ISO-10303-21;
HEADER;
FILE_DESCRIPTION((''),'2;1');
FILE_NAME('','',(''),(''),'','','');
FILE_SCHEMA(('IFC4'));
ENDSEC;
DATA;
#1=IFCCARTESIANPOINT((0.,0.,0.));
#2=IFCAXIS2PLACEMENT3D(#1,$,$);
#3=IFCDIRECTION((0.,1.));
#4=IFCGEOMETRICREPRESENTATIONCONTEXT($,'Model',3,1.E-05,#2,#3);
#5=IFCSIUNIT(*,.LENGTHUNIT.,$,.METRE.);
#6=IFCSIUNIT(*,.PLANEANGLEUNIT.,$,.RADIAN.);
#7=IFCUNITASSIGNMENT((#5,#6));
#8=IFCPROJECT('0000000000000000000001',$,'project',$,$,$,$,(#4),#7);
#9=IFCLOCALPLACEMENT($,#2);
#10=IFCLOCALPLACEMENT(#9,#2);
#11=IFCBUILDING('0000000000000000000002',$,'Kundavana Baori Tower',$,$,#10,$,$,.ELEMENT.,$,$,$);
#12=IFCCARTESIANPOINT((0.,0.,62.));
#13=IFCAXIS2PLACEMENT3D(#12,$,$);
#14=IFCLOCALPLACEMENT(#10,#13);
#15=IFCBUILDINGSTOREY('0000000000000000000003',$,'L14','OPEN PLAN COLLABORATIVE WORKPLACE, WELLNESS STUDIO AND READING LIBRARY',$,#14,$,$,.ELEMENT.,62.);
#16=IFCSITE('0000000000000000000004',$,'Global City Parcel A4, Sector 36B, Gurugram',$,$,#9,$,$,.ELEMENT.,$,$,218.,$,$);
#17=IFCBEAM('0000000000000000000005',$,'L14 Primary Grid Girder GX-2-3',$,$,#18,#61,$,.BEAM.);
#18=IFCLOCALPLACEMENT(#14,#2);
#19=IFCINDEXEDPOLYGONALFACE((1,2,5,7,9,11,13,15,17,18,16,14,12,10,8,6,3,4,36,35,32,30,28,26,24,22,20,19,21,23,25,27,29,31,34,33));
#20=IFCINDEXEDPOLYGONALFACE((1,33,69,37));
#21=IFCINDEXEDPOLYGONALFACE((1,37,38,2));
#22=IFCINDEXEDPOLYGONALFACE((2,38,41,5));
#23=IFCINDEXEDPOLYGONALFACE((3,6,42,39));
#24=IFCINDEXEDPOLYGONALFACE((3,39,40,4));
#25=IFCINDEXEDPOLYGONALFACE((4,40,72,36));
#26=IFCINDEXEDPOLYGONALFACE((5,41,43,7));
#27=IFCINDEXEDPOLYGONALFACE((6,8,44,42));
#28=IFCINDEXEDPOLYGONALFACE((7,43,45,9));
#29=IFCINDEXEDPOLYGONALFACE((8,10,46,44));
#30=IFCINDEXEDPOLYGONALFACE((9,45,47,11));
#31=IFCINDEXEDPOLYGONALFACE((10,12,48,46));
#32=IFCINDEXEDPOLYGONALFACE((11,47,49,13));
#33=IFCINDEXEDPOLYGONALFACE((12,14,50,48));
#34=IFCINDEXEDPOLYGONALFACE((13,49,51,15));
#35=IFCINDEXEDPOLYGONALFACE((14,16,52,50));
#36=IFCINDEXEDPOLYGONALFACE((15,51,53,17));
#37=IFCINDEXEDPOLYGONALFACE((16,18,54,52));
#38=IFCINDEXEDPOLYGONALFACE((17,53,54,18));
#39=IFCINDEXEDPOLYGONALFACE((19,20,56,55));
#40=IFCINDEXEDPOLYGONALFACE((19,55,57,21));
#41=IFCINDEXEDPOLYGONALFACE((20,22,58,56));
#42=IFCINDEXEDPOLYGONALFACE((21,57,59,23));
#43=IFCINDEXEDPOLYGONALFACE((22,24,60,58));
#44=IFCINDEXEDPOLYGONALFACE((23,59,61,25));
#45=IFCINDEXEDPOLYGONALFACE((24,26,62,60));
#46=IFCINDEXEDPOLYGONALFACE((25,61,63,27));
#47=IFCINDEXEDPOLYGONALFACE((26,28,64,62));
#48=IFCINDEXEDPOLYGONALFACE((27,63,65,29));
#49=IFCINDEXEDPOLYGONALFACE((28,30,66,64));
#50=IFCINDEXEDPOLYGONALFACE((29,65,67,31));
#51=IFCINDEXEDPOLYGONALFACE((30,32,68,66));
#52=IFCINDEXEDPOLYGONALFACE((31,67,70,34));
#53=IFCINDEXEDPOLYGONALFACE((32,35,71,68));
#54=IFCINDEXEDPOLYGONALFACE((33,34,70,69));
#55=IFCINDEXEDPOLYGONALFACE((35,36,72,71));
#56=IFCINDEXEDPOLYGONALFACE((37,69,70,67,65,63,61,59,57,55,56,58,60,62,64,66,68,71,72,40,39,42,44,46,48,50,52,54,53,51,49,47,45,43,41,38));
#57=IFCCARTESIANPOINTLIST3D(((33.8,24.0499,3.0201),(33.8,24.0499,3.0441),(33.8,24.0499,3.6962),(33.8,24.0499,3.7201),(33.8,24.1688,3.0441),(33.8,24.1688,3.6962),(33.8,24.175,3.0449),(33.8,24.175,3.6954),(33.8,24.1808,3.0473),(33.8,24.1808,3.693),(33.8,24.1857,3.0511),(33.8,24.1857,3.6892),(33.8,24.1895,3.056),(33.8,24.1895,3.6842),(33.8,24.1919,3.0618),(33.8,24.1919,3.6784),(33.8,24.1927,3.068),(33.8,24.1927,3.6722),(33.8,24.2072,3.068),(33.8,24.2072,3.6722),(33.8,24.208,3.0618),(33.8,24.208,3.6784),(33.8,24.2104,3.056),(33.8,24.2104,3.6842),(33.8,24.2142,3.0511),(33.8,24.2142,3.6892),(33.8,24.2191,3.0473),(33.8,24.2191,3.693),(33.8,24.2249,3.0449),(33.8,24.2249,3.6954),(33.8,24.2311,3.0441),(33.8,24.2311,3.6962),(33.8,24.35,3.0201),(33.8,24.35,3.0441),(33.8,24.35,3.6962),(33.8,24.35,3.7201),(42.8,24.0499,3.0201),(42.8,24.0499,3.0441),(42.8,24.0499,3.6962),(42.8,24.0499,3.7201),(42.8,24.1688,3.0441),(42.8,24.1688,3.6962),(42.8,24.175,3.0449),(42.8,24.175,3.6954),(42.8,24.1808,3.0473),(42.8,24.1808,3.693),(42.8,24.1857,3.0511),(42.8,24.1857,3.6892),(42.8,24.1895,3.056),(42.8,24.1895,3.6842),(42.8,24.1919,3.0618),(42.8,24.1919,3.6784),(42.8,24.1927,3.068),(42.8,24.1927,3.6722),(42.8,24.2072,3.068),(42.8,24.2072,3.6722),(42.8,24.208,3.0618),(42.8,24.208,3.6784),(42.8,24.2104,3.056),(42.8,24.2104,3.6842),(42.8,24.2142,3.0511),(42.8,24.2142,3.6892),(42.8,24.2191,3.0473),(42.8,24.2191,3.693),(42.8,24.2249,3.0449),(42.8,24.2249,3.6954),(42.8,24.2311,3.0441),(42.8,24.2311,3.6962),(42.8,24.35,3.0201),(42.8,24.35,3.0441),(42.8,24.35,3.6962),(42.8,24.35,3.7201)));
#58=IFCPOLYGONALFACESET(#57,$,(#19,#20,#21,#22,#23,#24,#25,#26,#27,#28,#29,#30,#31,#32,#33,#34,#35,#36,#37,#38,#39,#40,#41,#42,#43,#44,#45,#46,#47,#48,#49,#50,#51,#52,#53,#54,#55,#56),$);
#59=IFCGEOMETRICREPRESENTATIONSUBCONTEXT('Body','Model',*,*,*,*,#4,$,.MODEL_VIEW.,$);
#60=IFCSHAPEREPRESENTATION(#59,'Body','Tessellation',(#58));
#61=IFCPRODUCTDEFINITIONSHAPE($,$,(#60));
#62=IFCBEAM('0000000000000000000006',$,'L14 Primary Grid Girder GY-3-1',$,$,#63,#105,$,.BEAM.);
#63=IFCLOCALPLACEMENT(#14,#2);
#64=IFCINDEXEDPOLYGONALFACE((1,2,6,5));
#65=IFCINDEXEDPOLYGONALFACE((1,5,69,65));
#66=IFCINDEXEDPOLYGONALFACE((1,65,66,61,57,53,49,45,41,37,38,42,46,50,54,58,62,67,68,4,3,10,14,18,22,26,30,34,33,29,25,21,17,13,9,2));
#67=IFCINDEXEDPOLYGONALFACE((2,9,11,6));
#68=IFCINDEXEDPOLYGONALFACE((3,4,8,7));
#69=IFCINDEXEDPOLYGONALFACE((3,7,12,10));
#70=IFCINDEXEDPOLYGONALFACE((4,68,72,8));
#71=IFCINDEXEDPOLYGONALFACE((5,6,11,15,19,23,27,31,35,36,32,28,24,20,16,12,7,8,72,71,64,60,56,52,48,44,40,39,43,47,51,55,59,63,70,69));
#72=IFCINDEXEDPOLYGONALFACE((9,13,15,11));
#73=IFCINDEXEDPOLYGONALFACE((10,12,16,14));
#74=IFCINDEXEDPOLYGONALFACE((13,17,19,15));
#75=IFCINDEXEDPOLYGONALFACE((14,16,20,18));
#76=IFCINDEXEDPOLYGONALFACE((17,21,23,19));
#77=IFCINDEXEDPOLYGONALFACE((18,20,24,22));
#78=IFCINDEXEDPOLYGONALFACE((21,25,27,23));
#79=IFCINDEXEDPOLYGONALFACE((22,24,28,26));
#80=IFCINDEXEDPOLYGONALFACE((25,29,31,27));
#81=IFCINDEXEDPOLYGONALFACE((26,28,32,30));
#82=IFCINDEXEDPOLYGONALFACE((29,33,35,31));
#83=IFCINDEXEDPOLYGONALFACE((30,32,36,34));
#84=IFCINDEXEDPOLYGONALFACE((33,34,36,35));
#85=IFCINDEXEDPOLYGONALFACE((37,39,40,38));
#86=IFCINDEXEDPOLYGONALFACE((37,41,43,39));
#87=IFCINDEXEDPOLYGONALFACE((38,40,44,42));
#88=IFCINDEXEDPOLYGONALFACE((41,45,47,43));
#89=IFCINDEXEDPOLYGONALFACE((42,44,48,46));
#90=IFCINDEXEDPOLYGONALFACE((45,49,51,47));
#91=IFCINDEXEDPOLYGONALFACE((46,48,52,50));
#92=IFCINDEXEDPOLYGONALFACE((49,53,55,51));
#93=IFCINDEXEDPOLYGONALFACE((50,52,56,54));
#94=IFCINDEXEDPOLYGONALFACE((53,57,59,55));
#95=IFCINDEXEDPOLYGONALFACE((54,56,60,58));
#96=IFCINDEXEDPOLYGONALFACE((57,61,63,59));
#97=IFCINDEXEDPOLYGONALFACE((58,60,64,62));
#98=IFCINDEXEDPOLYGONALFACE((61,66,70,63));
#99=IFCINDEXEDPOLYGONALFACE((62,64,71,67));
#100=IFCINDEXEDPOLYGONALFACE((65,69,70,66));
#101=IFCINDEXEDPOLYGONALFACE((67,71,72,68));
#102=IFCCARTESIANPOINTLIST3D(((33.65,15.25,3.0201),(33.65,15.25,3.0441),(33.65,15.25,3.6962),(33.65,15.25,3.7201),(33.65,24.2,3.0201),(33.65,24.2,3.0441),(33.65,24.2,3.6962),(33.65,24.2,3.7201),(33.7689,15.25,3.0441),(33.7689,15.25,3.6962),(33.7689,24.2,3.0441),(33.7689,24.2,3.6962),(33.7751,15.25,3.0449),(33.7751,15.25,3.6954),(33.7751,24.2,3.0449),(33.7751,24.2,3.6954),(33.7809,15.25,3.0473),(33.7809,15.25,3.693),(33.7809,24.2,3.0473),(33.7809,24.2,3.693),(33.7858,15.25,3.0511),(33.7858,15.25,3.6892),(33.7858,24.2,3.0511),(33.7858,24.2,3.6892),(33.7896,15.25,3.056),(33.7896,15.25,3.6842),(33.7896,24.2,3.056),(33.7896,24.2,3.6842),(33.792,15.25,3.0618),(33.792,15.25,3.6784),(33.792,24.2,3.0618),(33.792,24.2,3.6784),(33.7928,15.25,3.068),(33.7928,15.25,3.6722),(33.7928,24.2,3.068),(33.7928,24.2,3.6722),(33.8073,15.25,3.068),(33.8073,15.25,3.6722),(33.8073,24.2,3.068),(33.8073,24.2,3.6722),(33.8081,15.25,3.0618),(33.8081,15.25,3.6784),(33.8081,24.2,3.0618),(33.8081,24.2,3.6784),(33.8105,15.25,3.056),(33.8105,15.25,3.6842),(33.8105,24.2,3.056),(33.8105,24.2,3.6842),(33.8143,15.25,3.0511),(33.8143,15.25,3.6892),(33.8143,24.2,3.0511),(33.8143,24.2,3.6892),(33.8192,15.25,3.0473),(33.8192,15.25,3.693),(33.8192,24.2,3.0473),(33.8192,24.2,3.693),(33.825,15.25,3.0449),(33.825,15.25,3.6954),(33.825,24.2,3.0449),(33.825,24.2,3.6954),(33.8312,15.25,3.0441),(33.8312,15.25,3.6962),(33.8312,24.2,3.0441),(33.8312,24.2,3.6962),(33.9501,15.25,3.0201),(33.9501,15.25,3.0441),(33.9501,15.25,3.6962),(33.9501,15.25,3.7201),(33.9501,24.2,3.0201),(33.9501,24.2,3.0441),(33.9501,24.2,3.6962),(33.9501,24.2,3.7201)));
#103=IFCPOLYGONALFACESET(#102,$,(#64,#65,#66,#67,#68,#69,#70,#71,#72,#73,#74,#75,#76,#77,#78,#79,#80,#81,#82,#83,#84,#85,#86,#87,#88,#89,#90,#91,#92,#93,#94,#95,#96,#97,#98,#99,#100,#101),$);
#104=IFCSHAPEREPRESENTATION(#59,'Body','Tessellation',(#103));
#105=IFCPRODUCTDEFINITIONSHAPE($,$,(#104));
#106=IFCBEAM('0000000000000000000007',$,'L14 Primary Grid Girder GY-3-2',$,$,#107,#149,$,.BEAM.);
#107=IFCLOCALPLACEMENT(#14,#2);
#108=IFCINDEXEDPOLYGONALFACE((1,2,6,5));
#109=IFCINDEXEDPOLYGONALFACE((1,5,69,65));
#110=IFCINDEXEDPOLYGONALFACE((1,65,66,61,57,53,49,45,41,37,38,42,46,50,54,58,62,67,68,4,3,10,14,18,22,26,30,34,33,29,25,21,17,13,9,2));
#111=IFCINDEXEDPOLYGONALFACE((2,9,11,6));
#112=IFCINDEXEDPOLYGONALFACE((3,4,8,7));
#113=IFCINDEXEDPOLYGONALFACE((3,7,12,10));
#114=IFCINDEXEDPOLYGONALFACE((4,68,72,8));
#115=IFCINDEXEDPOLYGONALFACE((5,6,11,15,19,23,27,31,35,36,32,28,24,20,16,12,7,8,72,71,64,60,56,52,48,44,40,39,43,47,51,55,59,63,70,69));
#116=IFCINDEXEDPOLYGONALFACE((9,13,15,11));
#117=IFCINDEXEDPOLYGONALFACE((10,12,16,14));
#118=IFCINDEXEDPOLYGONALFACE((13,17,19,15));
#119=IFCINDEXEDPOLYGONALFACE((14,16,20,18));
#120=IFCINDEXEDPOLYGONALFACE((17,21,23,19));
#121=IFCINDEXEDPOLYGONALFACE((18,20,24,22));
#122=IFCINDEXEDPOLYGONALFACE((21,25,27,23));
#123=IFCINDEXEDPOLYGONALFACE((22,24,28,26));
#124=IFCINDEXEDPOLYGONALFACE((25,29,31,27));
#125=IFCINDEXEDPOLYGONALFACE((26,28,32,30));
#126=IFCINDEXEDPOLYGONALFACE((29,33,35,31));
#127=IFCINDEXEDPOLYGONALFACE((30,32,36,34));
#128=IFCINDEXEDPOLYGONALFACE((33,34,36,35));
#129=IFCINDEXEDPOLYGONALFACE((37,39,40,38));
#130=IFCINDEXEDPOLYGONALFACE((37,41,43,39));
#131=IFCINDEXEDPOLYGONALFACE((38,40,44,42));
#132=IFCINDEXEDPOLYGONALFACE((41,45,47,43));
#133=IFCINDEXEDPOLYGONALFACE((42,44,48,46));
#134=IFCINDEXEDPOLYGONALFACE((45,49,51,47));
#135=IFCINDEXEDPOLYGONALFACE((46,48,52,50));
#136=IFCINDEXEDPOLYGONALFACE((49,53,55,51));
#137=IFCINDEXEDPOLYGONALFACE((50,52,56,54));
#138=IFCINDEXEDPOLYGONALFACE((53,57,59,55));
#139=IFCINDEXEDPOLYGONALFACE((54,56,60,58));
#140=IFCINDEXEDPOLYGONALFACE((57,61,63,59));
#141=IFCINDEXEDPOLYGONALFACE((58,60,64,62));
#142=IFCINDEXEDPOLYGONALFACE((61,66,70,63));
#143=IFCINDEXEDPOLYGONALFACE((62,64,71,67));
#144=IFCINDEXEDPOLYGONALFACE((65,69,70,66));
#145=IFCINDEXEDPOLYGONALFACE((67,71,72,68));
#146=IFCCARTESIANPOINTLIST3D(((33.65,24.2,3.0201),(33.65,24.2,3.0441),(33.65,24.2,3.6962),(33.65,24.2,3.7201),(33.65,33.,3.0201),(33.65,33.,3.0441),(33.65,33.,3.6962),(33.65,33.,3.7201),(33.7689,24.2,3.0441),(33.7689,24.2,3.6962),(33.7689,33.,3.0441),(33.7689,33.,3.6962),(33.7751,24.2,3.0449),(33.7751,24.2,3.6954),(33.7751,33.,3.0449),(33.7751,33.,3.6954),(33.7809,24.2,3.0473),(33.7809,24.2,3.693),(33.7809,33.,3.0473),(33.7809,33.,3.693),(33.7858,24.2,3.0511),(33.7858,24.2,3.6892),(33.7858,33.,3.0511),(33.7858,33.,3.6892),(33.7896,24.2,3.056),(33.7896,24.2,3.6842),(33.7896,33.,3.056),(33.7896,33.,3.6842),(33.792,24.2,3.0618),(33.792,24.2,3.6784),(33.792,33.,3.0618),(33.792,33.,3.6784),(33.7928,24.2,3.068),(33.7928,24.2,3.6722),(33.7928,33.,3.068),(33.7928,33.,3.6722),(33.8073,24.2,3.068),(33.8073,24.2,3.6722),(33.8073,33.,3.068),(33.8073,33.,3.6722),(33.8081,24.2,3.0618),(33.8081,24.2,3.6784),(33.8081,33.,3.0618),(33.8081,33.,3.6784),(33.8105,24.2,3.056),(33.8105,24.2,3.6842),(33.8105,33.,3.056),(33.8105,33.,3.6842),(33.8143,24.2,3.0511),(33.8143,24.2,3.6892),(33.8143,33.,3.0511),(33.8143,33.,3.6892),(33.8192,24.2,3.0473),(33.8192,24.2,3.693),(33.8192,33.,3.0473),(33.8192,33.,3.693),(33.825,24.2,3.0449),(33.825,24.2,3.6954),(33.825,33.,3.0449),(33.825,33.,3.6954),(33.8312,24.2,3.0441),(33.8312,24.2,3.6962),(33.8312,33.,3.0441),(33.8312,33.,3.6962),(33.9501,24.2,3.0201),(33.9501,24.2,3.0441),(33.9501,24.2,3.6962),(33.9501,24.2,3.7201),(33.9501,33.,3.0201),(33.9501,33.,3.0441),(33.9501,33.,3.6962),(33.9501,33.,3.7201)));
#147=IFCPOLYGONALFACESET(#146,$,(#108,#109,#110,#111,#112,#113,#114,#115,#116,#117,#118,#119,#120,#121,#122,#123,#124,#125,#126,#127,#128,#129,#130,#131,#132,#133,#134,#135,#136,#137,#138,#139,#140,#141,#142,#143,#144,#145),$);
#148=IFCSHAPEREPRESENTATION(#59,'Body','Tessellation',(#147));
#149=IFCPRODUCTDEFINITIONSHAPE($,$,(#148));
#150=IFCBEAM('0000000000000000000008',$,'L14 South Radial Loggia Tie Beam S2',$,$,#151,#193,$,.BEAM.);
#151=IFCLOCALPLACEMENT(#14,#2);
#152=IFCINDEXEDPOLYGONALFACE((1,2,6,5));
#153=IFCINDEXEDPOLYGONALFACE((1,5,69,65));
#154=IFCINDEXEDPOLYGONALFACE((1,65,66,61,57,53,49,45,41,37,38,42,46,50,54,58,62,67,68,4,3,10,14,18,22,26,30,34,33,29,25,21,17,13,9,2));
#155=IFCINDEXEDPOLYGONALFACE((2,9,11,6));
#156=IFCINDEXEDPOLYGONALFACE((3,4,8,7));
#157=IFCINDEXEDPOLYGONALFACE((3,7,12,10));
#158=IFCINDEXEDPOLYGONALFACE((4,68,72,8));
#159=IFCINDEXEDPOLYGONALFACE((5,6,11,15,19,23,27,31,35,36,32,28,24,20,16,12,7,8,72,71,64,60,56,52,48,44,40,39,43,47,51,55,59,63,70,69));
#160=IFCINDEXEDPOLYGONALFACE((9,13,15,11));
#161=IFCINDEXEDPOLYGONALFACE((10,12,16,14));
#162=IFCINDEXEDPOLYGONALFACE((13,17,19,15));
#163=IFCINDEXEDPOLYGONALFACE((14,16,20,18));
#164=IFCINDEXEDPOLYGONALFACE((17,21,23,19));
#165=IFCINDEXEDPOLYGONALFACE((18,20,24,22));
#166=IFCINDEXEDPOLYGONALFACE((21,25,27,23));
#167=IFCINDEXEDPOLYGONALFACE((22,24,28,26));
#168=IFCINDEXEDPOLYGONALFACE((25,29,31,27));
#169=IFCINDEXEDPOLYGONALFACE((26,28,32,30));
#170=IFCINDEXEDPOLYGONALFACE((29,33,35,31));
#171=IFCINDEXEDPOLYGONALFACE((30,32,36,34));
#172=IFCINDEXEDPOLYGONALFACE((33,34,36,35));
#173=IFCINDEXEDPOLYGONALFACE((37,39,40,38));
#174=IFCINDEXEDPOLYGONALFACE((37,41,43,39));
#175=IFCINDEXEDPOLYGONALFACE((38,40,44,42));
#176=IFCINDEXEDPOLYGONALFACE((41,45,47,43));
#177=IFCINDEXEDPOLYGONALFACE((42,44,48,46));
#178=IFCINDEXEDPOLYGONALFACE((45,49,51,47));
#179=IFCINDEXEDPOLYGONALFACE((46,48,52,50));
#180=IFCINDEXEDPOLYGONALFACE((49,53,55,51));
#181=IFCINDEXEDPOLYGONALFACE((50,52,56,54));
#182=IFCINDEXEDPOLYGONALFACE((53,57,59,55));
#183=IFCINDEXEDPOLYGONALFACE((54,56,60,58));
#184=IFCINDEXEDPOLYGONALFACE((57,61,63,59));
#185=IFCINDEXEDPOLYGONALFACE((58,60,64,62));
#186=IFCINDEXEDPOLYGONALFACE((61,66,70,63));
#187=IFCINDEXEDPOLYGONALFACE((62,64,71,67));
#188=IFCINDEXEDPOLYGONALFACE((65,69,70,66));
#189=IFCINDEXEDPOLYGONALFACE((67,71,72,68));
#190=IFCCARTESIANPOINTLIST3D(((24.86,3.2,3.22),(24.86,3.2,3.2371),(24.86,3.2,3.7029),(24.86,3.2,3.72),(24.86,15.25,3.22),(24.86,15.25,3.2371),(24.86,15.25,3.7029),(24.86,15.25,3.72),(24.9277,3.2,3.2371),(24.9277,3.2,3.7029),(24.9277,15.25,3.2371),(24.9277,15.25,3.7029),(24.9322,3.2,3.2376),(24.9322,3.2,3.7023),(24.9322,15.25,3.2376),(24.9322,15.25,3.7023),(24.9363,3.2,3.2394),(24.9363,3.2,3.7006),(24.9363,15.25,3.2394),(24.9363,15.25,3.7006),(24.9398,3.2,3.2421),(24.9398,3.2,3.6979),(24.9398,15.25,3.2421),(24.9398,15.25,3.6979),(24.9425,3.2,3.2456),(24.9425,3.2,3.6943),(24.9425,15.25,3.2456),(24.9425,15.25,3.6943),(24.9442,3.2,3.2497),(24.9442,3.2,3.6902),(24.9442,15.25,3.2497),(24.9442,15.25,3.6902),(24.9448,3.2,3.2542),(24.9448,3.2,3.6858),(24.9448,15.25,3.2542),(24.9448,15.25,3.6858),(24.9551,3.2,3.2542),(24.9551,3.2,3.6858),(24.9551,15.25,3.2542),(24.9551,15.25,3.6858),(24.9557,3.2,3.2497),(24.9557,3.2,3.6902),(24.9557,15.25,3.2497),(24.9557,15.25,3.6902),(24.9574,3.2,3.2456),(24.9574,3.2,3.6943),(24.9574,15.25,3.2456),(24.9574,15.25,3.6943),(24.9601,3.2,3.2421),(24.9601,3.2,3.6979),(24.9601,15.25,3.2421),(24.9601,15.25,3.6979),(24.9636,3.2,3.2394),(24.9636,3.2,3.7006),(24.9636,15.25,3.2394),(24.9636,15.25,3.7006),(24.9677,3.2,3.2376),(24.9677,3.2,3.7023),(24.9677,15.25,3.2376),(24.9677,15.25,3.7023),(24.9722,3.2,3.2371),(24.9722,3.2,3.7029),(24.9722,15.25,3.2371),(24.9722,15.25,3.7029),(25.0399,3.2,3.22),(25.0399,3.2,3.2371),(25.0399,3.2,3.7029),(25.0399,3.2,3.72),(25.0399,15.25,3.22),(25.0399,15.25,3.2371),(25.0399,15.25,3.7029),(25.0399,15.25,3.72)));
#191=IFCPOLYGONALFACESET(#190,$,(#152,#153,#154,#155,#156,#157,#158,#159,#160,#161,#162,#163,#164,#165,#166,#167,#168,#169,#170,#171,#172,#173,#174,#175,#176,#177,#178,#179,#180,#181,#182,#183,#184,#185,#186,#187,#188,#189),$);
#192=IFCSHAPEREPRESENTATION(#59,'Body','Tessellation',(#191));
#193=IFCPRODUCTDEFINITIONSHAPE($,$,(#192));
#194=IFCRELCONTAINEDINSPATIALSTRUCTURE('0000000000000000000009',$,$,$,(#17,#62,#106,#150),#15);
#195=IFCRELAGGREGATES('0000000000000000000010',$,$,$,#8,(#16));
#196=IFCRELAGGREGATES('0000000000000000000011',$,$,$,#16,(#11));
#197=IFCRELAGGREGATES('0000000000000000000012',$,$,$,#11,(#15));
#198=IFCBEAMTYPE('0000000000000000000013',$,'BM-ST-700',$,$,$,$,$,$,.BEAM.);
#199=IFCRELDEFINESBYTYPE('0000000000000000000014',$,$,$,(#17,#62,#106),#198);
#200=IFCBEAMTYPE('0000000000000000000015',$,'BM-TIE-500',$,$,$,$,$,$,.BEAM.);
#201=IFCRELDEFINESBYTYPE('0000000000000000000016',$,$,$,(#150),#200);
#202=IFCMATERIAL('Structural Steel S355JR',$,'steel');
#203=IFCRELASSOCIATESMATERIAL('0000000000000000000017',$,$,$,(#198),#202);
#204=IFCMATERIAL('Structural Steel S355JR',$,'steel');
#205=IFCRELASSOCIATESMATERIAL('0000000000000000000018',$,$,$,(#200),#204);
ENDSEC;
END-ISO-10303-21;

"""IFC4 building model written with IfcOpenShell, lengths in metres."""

from ifc_helpers import new_model, si_unit, direction, frame, origin, origin_2d, place, context, subcontext, project, spatial, i_section, extrude, material, material_profile, profile_set, type_object, element, save


model = new_model("IFC4")

# Units and contexts
model_context = context("Model", 3, precision=1e-05, world=origin(), true_north=direction((0.0, 1.0)))
body_context = subcontext(model_context, "Body", "Model", "MODEL_VIEW")
ifc_project = project(units=[si_unit("LENGTHUNIT", "METRE"), si_unit("PLANEANGLEUNIT", "RADIAN")], contexts=[model_context])

# Site, building, storey
site_placement = place(None, origin())
site = spatial("IfcSite", under=ifc_project, at=site_placement, Name="Global City Parcel A4, Sector 36B, Gurugram", CompositionType="ELEMENT", RefElevation=218.0)
building_placement = place(site_placement, origin())
building = spatial("IfcBuilding", under=site, at=building_placement, Name="Kundavana Baori Tower", CompositionType="ELEMENT")
storey_placement = place(building_placement, frame((0.0, 0.0, 62.0)))
storey = spatial("IfcBuildingStorey", under=building, at=storey_placement, Name="L14", Description="OPEN PLAN COLLABORATIVE WORKPLACE, WELLNESS STUDIO AND READING LIBRARY", CompositionType="ELEMENT", Elevation=62.0)

# Beams
ifc_material_1 = material(Name="Structural Steel S355JR", Category="steel")
ifc_material_profile_1 = material_profile(ifc_material_1, i_section(OverallWidth=0.3, OverallDepth=0.7, WebThickness=0.0144, FlangeThickness=0.0239, FilletRadius=0.0239, at=origin_2d()), Name="NPB 700x300x170")
ifc_profile_set_1 = profile_set([ifc_material_profile_1], Name="Structural Steel S355JR")
beam_type_1 = type_object("IfcBeamType", Name="BM-ST-700", PredefinedType="BEAM", material=ifc_profile_set_1)
beam_1_placement = place(storey_placement, frame((33.8, 24.2, 3.3701), z_axis=(1.0, 0.0, 0.0), x_axis=(0.0, 1.0, 0.0)))
element("IfcBeam", 1, at=beam_1_placement, inside=storey, type_object=beam_type_1, Name="L14 Primary Grid Girder GX-2-3", PredefinedType="BEAM", context=body_context, shape_type="SweptSolid", body=[
    extrude(i_section(OverallWidth=0.3, OverallDepth=0.7, WebThickness=0.0144, FlangeThickness=0.0239, FilletRadius=0.0239, at=origin_2d()), origin(), (0.0, 0.0, 1.0), 9.0),
])
beam_2_placement = place(storey_placement, frame((33.8, 15.25, 3.3701), z_axis=(0.0, 1.0, 0.0), x_axis=(-1.0, 0.0, 0.0)))
element("IfcBeam", 2, at=beam_2_placement, inside=storey, type_object=beam_type_1, Name="L14 Primary Grid Girder GY-3-1", PredefinedType="BEAM", context=body_context, shape_type="SweptSolid", body=[
    extrude(i_section(OverallWidth=0.3, OverallDepth=0.7, WebThickness=0.0144, FlangeThickness=0.0239, FilletRadius=0.0239, at=origin_2d()), origin(), (0.0, 0.0, 1.0), 8.95),
])
beam_3_placement = place(storey_placement, frame((33.8, 24.2, 3.3701), z_axis=(0.0, 1.0, 0.0), x_axis=(-1.0, 0.0, 0.0)))
element("IfcBeam", 3, at=beam_3_placement, inside=storey, type_object=beam_type_1, Name="L14 Primary Grid Girder GY-3-2", PredefinedType="BEAM", context=body_context, shape_type="SweptSolid", body=[
    extrude(i_section(OverallWidth=0.3, OverallDepth=0.7, WebThickness=0.0144, FlangeThickness=0.0239, FilletRadius=0.0239, at=origin_2d()), origin(), (0.0, 0.0, 1.0), 8.8),
])
ifc_material_2 = material(Name="Structural Steel S355JR", Category="steel")
ifc_material_profile_2 = material_profile(ifc_material_2, i_section(OverallWidth=0.1799, OverallDepth=0.5, WebThickness=0.0103, FlangeThickness=0.0171, FilletRadius=0.0171, at=origin_2d()), Name="ISMB 500")
ifc_profile_set_2 = profile_set([ifc_material_profile_2], Name="Structural Steel S355JR")
beam_type_2 = type_object("IfcBeamType", Name="BM-TIE-500", PredefinedType="BEAM", material=ifc_profile_set_2)
for number, where, z_axis, x_axis, name in (
    (4, (24.95, 15.25, 3.47), (0.0, -1.0, 0.0), (1.0, 0.0, 0.0), "L14 South Radial Loggia Tie Beam S2"),
):
    element("IfcBeam", number, at=place(storey_placement, frame(where, z_axis=z_axis, x_axis=x_axis)), inside=storey, type_object=beam_type_2, Name=name, PredefinedType="BEAM", context=body_context, shape_type="SweptSolid", body=[
        extrude(i_section(OverallWidth=0.1799, OverallDepth=0.5, WebThickness=0.0103, FlangeThickness=0.0171, FilletRadius=0.0171, at=origin_2d()), origin(), (0.0, 0.0, 1.0), 12.05),
    ])

save(model, "model.ifc")
